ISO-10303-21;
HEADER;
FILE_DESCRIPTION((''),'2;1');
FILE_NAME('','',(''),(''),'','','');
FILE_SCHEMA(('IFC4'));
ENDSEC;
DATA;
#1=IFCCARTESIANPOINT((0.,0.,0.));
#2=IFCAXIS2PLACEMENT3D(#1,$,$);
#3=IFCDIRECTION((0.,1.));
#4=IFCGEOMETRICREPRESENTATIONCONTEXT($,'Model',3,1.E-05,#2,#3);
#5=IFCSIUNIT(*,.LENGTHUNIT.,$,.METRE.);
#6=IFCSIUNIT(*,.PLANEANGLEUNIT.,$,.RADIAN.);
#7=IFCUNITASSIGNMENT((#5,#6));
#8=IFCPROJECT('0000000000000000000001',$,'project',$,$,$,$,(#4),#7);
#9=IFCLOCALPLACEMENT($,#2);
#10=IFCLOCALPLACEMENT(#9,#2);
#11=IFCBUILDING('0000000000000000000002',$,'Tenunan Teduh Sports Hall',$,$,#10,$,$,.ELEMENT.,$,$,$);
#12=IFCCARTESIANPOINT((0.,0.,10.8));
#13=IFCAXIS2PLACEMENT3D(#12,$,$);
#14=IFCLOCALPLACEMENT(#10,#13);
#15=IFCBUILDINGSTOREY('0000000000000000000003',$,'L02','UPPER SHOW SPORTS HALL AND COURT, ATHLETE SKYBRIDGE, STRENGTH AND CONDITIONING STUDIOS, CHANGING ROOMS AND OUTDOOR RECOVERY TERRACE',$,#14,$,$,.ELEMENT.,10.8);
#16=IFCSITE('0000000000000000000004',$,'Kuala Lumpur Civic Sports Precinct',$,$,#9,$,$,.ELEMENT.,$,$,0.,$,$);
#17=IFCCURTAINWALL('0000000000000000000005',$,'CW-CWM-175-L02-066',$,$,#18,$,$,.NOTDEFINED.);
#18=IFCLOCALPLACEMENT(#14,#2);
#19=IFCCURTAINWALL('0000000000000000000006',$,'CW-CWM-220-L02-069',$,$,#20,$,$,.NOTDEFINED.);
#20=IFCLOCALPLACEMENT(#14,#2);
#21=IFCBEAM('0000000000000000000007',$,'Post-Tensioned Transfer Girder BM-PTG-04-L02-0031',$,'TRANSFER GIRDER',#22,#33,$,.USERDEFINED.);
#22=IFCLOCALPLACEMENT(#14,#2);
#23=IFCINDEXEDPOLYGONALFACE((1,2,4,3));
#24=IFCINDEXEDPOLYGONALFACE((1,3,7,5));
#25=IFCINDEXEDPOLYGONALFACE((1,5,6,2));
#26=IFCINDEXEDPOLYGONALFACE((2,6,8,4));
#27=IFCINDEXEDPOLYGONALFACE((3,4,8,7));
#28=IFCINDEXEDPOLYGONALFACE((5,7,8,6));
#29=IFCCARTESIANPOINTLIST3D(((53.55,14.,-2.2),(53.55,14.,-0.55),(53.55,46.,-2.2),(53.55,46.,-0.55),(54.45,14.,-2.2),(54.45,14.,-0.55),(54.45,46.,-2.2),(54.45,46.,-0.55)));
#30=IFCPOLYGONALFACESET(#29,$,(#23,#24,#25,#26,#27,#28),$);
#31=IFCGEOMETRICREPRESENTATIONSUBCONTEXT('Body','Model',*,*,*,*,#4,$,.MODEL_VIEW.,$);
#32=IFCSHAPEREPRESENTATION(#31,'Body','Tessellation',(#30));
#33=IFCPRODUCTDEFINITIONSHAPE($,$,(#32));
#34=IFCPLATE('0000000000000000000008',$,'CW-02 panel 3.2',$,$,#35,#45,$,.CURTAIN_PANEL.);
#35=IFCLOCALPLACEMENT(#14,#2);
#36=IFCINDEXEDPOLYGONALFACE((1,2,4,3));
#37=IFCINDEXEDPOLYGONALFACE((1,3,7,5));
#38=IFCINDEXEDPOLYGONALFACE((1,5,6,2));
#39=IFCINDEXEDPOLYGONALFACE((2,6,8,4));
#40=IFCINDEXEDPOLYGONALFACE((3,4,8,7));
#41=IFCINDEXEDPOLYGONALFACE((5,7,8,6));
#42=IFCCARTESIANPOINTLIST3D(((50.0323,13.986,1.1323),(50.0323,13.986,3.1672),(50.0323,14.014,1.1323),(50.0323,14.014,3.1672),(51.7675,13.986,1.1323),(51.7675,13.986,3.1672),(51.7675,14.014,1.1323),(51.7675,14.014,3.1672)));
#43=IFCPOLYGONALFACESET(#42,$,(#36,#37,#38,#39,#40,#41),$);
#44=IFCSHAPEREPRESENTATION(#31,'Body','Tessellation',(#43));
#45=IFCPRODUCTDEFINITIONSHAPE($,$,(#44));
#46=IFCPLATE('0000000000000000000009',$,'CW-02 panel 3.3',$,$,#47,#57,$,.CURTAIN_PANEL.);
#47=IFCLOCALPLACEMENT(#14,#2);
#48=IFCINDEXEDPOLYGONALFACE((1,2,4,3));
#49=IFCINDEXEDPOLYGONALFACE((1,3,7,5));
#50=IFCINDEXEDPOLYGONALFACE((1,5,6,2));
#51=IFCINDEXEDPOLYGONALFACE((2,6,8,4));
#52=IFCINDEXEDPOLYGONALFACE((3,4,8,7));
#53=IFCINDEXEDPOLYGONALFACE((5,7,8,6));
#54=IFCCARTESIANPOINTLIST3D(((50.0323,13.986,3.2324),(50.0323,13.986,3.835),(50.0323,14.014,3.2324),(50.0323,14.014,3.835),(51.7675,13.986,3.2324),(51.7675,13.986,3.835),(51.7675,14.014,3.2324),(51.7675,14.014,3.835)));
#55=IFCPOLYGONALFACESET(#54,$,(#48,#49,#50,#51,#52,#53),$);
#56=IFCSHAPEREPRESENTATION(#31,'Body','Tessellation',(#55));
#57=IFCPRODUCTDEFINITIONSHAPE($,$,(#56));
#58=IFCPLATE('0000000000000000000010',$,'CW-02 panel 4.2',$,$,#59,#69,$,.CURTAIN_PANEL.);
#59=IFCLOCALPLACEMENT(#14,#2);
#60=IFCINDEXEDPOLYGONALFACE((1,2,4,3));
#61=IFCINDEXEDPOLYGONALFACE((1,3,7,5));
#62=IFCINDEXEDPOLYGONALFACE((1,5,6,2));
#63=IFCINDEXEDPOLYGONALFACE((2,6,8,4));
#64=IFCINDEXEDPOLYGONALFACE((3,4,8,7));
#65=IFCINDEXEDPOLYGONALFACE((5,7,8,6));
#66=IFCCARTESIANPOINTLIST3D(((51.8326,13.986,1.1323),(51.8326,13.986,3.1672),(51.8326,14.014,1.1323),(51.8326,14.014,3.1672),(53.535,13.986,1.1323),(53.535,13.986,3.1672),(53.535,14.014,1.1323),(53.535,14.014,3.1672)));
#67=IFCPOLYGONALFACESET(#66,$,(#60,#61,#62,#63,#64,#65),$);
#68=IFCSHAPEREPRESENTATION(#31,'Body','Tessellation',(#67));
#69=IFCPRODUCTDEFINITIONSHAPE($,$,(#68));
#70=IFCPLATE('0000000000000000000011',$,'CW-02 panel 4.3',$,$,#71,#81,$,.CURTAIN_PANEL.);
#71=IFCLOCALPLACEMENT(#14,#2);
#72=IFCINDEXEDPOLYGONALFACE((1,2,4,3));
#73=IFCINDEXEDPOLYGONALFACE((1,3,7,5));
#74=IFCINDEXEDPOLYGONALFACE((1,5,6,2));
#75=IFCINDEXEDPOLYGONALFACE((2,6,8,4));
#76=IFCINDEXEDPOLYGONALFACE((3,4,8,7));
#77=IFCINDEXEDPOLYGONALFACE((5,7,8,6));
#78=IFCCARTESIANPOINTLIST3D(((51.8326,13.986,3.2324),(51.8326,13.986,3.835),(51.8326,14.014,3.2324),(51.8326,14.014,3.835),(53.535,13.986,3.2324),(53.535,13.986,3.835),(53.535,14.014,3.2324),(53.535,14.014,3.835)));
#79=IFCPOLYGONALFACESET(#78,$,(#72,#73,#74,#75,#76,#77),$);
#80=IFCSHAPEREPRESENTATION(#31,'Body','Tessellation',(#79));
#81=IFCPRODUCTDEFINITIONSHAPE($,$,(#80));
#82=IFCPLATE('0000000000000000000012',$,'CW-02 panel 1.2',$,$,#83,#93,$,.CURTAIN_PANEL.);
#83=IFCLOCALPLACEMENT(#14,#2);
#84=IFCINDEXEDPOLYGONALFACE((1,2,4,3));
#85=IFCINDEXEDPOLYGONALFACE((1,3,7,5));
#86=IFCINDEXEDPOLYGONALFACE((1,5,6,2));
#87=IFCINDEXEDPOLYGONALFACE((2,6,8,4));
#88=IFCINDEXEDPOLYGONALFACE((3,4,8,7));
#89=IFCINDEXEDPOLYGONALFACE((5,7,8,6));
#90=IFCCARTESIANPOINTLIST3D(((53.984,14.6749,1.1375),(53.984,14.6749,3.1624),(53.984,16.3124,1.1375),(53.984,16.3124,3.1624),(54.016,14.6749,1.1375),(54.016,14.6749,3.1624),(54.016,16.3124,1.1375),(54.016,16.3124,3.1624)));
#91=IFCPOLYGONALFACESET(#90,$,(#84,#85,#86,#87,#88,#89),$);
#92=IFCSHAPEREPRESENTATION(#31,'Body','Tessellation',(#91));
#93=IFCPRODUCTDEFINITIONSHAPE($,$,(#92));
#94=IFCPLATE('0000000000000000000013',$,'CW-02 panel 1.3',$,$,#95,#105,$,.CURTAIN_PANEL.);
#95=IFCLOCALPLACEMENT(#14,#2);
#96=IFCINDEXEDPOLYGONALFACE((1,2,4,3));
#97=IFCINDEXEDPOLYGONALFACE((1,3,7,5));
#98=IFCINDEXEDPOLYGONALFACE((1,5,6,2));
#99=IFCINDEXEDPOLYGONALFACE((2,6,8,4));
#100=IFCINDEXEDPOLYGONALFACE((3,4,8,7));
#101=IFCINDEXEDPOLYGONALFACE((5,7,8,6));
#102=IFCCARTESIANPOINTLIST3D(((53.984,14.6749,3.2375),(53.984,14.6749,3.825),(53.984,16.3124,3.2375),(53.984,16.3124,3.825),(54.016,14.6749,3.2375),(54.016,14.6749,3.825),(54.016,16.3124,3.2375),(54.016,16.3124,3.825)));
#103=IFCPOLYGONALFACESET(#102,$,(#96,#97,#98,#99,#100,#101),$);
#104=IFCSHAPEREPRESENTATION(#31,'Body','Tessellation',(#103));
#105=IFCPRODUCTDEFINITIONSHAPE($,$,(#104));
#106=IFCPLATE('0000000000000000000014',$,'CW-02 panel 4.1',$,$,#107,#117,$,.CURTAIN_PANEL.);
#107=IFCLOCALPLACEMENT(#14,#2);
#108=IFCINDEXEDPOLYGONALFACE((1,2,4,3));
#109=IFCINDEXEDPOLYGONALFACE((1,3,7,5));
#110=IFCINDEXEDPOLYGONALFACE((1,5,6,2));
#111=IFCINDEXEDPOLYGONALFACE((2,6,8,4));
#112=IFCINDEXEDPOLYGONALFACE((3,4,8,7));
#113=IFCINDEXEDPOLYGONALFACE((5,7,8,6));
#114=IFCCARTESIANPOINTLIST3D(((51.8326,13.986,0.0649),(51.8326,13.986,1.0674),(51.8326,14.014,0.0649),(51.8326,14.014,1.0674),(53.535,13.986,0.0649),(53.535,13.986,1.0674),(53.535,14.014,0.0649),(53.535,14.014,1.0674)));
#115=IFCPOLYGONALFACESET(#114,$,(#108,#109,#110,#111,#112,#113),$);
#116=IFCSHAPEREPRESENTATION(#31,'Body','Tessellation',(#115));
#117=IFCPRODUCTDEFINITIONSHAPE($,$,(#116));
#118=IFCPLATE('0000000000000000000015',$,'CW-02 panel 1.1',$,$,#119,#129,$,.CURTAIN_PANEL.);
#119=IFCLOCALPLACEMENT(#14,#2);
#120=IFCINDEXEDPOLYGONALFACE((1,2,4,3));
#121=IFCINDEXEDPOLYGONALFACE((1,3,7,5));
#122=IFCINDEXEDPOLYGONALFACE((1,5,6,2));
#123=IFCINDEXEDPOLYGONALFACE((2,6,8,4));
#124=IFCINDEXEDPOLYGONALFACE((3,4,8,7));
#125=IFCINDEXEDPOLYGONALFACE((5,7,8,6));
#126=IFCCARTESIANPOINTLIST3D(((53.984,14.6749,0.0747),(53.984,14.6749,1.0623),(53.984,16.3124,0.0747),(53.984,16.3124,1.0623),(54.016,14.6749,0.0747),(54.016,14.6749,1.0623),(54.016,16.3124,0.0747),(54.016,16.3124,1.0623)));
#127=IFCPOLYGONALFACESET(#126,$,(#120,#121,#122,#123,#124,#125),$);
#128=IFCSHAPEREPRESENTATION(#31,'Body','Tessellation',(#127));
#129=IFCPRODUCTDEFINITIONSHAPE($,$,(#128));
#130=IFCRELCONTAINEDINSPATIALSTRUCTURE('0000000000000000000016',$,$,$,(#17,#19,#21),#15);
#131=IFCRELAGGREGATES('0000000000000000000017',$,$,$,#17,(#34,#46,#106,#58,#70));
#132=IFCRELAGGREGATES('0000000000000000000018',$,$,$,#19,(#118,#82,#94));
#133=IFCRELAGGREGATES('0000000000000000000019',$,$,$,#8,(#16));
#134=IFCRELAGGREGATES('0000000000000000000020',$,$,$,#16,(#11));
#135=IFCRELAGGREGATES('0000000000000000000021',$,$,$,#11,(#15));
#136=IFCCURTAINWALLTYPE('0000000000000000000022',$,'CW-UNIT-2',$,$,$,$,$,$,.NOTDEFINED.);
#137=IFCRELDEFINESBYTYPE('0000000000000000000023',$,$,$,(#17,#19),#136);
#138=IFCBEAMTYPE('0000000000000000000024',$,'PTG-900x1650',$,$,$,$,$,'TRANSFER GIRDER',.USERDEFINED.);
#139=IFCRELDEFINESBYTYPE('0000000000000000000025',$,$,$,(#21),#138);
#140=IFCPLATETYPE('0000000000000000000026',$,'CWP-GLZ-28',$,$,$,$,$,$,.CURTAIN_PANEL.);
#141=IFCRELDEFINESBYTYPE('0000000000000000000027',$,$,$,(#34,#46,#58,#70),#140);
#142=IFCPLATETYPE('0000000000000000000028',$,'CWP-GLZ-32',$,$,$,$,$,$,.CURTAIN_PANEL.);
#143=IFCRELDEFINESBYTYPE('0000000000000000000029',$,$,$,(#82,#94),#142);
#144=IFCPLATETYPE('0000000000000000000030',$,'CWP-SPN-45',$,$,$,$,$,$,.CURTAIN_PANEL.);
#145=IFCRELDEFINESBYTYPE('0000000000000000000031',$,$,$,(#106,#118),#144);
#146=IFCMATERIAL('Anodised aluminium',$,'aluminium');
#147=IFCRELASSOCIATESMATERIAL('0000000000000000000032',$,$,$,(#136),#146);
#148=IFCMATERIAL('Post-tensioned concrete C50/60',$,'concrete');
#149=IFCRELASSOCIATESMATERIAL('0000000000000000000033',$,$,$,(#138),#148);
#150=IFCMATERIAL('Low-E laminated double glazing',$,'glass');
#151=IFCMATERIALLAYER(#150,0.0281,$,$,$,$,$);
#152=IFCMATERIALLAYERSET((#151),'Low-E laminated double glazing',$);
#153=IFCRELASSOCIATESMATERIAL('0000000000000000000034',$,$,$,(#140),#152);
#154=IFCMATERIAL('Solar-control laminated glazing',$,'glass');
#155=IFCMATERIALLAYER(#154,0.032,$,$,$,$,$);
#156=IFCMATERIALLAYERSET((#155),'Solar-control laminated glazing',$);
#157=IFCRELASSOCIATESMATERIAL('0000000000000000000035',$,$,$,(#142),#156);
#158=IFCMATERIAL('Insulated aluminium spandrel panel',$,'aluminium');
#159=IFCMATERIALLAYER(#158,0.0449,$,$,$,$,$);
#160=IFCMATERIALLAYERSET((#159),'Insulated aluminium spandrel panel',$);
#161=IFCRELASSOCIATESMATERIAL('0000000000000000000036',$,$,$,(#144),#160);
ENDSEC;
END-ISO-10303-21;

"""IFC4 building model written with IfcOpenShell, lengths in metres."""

from ifc_helpers import new_model, si_unit, direction, frame, origin, origin_2d, place, context, subcontext, project, spatial, rectangle, extrude, material, layer, layer_set, material_profile, profile_set, type_object, element, aggregate, save


model = new_model("IFC4")

# Units and contexts
model_context = context("Model", 3, precision=1e-05, world=origin(), true_north=direction((0.0, 1.0)))
body_context = subcontext(model_context, "Body", "Model", "MODEL_VIEW")
ifc_project = project(units=[si_unit("LENGTHUNIT", "METRE"), si_unit("PLANEANGLEUNIT", "RADIAN")], contexts=[model_context])

# Site, building, storey
site_placement = place(None, origin())
site = spatial("IfcSite", under=ifc_project, at=site_placement, Name="Kuala Lumpur Civic Sports Precinct", CompositionType="ELEMENT", RefElevation=0.0)
building_placement = place(site_placement, origin())
building = spatial("IfcBuilding", under=site, at=building_placement, Name="Tenunan Teduh Sports Hall", CompositionType="ELEMENT")
storey_placement = place(building_placement, frame((0.0, 0.0, 10.8)))
storey = spatial("IfcBuildingStorey", under=building, at=storey_placement, Name="L02", Description="UPPER SHOW SPORTS HALL AND COURT, ATHLETE SKYBRIDGE, STRENGTH AND CONDITIONING STUDIOS, CHANGING ROOMS AND OUTDOOR RECOVERY TERRACE", CompositionType="ELEMENT", Elevation=10.8)

# Curtain walls
ifc_material_1 = material(Name="Anodised aluminium", Category="aluminium")
curtain_wall_type = type_object("IfcCurtainWallType", Name="CW-UNIT-2", PredefinedType="NOTDEFINED", material=ifc_material_1)
curtain_wall_1_placement = place(storey_placement, origin())
curtain_wall_1 = element("IfcCurtainWall", 1, at=curtain_wall_1_placement, inside=storey, type_object=curtain_wall_type, Name="CW-CWM-175-L02-066", PredefinedType="NOTDEFINED")
curtain_wall_2_placement = place(storey_placement, origin())
curtain_wall_2 = element("IfcCurtainWall", 2, at=curtain_wall_2_placement, inside=storey, type_object=curtain_wall_type, Name="CW-CWM-220-L02-069", PredefinedType="NOTDEFINED")

# Beam
ifc_material_2 = material(Name="Post-tensioned concrete C50/60", Category="concrete")
ifc_material_profile_1 = material_profile(ifc_material_2, rectangle(XDim=0.8999, YDim=1.6499, at=origin_2d()), Name="PTG 900x1650")
ifc_profile_set_1 = profile_set([ifc_material_profile_1], Name="Post-tensioned concrete C50/60")
beam_type = type_object("IfcBeamType", Name="PTG-900x1650", ElementType="TRANSFER GIRDER", PredefinedType="USERDEFINED", material=ifc_profile_set_1)
beam_placement = place(storey_placement, frame((54.0, 14.0, -1.375), z_axis=(0.0, 1.0, 0.0), x_axis=(-1.0, 0.0, 0.0)))
element("IfcBeam", 3, at=beam_placement, inside=storey, type_object=beam_type, Name="Post-Tensioned Transfer Girder BM-PTG-04-L02-0031", ObjectType="TRANSFER GIRDER", PredefinedType="USERDEFINED", context=body_context, shape_type="SweptSolid", body=[
    extrude(rectangle(XDim=0.8999, YDim=1.6499, at=origin_2d()), origin(), (0.0, 0.0, 1.0), 32.0),
])

# Plates
ifc_material_3 = material(Name="Low-E laminated double glazing", Category="glass")
ifc_layer_1 = layer(ifc_material_3, 0.0281)
ifc_layer_set_1 = layer_set([ifc_layer_1], Name="Low-E laminated double glazing")
plate_type_1 = type_object("IfcPlateType", Name="CWP-GLZ-28", PredefinedType="CURTAIN_PANEL", material=ifc_layer_set_1)
plate_1_placement = place(storey_placement, frame((50.8999, 14.0, 1.1323), z_axis=(0.0, 0.0, 1.0), x_axis=(1.0, 0.0, 0.0)))
plate_1 = element("IfcPlate", 4, at=plate_1_placement, type_object=plate_type_1, Name="CW-02 panel 3.2", PredefinedType="CURTAIN_PANEL", context=body_context, shape_type="SweptSolid", body=[
    extrude(rectangle(XDim=1.7351, YDim=0.0281, at=origin_2d()), origin(), (0.0, 0.0, 1.0), 2.0349),
])
plate_2_placement = place(storey_placement, frame((50.8999, 14.0, 3.2324), z_axis=(0.0, 0.0, 1.0), x_axis=(1.0, 0.0, 0.0)))
plate_2 = element("IfcPlate", 5, at=plate_2_placement, type_object=plate_type_1, Name="CW-02 panel 3.3", PredefinedType="CURTAIN_PANEL", context=body_context, shape_type="SweptSolid", body=[
    extrude(rectangle(XDim=1.7351, YDim=0.0281, at=origin_2d()), origin(), (0.0, 0.0, 1.0), 0.6025),
])
plate_3_placement = place(storey_placement, frame((52.6838, 14.0, 1.1323), z_axis=(0.0, 0.0, 1.0), x_axis=(1.0, 0.0, 0.0)))
plate_3 = element("IfcPlate", 6, at=plate_3_placement, type_object=plate_type_1, Name="CW-02 panel 4.2", PredefinedType="CURTAIN_PANEL", context=body_context, shape_type="SweptSolid", body=[
    extrude(rectangle(XDim=1.7024, YDim=0.0281, at=origin_2d()), origin(), (0.0, 0.0, 1.0), 2.0349),
])
plate_4_placement = place(storey_placement, frame((52.6838, 14.0, 3.2324), z_axis=(0.0, 0.0, 1.0), x_axis=(1.0, 0.0, 0.0)))
plate_4 = element("IfcPlate", 7, at=plate_4_placement, type_object=plate_type_1, Name="CW-02 panel 4.3", PredefinedType="CURTAIN_PANEL", context=body_context, shape_type="SweptSolid", body=[
    extrude(rectangle(XDim=1.7024, YDim=0.0281, at=origin_2d()), origin(), (0.0, 0.0, 1.0), 0.6025),
])
ifc_material_4 = material(Name="Solar-control laminated glazing", Category="glass")
ifc_layer_2 = layer(ifc_material_4, 0.032)
ifc_layer_set_2 = layer_set([ifc_layer_2], Name="Solar-control laminated glazing")
plate_type_2 = type_object("IfcPlateType", Name="CWP-GLZ-32", PredefinedType="CURTAIN_PANEL", material=ifc_layer_set_2)
plate_5_placement = place(storey_placement, frame((54.0, 15.4937, 1.1375), z_axis=(0.0, 0.0, 1.0), x_axis=(0.0, 1.0, 0.0)))
plate_5 = element("IfcPlate", 8, at=plate_5_placement, type_object=plate_type_2, Name="CW-02 panel 1.2", PredefinedType="CURTAIN_PANEL", context=body_context, shape_type="SweptSolid", body=[
    extrude(rectangle(XDim=1.6375, YDim=0.032, at=origin_2d()), origin(), (0.0, 0.0, 1.0), 2.0249),
])
plate_6_placement = place(storey_placement, frame((54.0, 15.4937, 3.2375), z_axis=(0.0, 0.0, 1.0), x_axis=(0.0, 1.0, 0.0)))
plate_6 = element("IfcPlate", 9, at=plate_6_placement, type_object=plate_type_2, Name="CW-02 panel 1.3", PredefinedType="CURTAIN_PANEL", context=body_context, shape_type="SweptSolid", body=[
    extrude(rectangle(XDim=1.6375, YDim=0.032, at=origin_2d()), origin(), (0.0, 0.0, 1.0), 0.5874),
])
ifc_material_5 = material(Name="Insulated aluminium spandrel panel", Category="aluminium")
ifc_layer_3 = layer(ifc_material_5, 0.0449)
ifc_layer_set_3 = layer_set([ifc_layer_3], Name="Insulated aluminium spandrel panel")
plate_type_3 = type_object("IfcPlateType", Name="CWP-SPN-45", PredefinedType="CURTAIN_PANEL", material=ifc_layer_set_3)
plate_7_placement = place(storey_placement, frame((52.6838, 14.0, 0.0649), z_axis=(0.0, 0.0, 1.0), x_axis=(1.0, 0.0, 0.0)))
plate_7 = element("IfcPlate", 10, at=plate_7_placement, type_object=plate_type_3, Name="CW-02 panel 4.1", PredefinedType="CURTAIN_PANEL", context=body_context, shape_type="SweptSolid", body=[
    extrude(rectangle(XDim=1.7024, YDim=0.0281, at=origin_2d()), origin(), (0.0, 0.0, 1.0), 1.0024),
])
aggregate(curtain_wall_1, [plate_1, plate_2, plate_7, plate_3, plate_4])
plate_8_placement = place(storey_placement, frame((54.0, 15.4937, 0.0747), z_axis=(0.0, 0.0, 1.0), x_axis=(0.0, 1.0, 0.0)))
plate_8 = element("IfcPlate", 11, at=plate_8_placement, type_object=plate_type_3, Name="CW-02 panel 1.1", PredefinedType="CURTAIN_PANEL", context=body_context, shape_type="SweptSolid", body=[
    extrude(rectangle(XDim=1.6375, YDim=0.032, at=origin_2d()), origin(), (0.0, 0.0, 1.0), 0.9875),
])
aggregate(curtain_wall_2, [plate_8, plate_5, plate_6])

save(model, "model.ifc")
